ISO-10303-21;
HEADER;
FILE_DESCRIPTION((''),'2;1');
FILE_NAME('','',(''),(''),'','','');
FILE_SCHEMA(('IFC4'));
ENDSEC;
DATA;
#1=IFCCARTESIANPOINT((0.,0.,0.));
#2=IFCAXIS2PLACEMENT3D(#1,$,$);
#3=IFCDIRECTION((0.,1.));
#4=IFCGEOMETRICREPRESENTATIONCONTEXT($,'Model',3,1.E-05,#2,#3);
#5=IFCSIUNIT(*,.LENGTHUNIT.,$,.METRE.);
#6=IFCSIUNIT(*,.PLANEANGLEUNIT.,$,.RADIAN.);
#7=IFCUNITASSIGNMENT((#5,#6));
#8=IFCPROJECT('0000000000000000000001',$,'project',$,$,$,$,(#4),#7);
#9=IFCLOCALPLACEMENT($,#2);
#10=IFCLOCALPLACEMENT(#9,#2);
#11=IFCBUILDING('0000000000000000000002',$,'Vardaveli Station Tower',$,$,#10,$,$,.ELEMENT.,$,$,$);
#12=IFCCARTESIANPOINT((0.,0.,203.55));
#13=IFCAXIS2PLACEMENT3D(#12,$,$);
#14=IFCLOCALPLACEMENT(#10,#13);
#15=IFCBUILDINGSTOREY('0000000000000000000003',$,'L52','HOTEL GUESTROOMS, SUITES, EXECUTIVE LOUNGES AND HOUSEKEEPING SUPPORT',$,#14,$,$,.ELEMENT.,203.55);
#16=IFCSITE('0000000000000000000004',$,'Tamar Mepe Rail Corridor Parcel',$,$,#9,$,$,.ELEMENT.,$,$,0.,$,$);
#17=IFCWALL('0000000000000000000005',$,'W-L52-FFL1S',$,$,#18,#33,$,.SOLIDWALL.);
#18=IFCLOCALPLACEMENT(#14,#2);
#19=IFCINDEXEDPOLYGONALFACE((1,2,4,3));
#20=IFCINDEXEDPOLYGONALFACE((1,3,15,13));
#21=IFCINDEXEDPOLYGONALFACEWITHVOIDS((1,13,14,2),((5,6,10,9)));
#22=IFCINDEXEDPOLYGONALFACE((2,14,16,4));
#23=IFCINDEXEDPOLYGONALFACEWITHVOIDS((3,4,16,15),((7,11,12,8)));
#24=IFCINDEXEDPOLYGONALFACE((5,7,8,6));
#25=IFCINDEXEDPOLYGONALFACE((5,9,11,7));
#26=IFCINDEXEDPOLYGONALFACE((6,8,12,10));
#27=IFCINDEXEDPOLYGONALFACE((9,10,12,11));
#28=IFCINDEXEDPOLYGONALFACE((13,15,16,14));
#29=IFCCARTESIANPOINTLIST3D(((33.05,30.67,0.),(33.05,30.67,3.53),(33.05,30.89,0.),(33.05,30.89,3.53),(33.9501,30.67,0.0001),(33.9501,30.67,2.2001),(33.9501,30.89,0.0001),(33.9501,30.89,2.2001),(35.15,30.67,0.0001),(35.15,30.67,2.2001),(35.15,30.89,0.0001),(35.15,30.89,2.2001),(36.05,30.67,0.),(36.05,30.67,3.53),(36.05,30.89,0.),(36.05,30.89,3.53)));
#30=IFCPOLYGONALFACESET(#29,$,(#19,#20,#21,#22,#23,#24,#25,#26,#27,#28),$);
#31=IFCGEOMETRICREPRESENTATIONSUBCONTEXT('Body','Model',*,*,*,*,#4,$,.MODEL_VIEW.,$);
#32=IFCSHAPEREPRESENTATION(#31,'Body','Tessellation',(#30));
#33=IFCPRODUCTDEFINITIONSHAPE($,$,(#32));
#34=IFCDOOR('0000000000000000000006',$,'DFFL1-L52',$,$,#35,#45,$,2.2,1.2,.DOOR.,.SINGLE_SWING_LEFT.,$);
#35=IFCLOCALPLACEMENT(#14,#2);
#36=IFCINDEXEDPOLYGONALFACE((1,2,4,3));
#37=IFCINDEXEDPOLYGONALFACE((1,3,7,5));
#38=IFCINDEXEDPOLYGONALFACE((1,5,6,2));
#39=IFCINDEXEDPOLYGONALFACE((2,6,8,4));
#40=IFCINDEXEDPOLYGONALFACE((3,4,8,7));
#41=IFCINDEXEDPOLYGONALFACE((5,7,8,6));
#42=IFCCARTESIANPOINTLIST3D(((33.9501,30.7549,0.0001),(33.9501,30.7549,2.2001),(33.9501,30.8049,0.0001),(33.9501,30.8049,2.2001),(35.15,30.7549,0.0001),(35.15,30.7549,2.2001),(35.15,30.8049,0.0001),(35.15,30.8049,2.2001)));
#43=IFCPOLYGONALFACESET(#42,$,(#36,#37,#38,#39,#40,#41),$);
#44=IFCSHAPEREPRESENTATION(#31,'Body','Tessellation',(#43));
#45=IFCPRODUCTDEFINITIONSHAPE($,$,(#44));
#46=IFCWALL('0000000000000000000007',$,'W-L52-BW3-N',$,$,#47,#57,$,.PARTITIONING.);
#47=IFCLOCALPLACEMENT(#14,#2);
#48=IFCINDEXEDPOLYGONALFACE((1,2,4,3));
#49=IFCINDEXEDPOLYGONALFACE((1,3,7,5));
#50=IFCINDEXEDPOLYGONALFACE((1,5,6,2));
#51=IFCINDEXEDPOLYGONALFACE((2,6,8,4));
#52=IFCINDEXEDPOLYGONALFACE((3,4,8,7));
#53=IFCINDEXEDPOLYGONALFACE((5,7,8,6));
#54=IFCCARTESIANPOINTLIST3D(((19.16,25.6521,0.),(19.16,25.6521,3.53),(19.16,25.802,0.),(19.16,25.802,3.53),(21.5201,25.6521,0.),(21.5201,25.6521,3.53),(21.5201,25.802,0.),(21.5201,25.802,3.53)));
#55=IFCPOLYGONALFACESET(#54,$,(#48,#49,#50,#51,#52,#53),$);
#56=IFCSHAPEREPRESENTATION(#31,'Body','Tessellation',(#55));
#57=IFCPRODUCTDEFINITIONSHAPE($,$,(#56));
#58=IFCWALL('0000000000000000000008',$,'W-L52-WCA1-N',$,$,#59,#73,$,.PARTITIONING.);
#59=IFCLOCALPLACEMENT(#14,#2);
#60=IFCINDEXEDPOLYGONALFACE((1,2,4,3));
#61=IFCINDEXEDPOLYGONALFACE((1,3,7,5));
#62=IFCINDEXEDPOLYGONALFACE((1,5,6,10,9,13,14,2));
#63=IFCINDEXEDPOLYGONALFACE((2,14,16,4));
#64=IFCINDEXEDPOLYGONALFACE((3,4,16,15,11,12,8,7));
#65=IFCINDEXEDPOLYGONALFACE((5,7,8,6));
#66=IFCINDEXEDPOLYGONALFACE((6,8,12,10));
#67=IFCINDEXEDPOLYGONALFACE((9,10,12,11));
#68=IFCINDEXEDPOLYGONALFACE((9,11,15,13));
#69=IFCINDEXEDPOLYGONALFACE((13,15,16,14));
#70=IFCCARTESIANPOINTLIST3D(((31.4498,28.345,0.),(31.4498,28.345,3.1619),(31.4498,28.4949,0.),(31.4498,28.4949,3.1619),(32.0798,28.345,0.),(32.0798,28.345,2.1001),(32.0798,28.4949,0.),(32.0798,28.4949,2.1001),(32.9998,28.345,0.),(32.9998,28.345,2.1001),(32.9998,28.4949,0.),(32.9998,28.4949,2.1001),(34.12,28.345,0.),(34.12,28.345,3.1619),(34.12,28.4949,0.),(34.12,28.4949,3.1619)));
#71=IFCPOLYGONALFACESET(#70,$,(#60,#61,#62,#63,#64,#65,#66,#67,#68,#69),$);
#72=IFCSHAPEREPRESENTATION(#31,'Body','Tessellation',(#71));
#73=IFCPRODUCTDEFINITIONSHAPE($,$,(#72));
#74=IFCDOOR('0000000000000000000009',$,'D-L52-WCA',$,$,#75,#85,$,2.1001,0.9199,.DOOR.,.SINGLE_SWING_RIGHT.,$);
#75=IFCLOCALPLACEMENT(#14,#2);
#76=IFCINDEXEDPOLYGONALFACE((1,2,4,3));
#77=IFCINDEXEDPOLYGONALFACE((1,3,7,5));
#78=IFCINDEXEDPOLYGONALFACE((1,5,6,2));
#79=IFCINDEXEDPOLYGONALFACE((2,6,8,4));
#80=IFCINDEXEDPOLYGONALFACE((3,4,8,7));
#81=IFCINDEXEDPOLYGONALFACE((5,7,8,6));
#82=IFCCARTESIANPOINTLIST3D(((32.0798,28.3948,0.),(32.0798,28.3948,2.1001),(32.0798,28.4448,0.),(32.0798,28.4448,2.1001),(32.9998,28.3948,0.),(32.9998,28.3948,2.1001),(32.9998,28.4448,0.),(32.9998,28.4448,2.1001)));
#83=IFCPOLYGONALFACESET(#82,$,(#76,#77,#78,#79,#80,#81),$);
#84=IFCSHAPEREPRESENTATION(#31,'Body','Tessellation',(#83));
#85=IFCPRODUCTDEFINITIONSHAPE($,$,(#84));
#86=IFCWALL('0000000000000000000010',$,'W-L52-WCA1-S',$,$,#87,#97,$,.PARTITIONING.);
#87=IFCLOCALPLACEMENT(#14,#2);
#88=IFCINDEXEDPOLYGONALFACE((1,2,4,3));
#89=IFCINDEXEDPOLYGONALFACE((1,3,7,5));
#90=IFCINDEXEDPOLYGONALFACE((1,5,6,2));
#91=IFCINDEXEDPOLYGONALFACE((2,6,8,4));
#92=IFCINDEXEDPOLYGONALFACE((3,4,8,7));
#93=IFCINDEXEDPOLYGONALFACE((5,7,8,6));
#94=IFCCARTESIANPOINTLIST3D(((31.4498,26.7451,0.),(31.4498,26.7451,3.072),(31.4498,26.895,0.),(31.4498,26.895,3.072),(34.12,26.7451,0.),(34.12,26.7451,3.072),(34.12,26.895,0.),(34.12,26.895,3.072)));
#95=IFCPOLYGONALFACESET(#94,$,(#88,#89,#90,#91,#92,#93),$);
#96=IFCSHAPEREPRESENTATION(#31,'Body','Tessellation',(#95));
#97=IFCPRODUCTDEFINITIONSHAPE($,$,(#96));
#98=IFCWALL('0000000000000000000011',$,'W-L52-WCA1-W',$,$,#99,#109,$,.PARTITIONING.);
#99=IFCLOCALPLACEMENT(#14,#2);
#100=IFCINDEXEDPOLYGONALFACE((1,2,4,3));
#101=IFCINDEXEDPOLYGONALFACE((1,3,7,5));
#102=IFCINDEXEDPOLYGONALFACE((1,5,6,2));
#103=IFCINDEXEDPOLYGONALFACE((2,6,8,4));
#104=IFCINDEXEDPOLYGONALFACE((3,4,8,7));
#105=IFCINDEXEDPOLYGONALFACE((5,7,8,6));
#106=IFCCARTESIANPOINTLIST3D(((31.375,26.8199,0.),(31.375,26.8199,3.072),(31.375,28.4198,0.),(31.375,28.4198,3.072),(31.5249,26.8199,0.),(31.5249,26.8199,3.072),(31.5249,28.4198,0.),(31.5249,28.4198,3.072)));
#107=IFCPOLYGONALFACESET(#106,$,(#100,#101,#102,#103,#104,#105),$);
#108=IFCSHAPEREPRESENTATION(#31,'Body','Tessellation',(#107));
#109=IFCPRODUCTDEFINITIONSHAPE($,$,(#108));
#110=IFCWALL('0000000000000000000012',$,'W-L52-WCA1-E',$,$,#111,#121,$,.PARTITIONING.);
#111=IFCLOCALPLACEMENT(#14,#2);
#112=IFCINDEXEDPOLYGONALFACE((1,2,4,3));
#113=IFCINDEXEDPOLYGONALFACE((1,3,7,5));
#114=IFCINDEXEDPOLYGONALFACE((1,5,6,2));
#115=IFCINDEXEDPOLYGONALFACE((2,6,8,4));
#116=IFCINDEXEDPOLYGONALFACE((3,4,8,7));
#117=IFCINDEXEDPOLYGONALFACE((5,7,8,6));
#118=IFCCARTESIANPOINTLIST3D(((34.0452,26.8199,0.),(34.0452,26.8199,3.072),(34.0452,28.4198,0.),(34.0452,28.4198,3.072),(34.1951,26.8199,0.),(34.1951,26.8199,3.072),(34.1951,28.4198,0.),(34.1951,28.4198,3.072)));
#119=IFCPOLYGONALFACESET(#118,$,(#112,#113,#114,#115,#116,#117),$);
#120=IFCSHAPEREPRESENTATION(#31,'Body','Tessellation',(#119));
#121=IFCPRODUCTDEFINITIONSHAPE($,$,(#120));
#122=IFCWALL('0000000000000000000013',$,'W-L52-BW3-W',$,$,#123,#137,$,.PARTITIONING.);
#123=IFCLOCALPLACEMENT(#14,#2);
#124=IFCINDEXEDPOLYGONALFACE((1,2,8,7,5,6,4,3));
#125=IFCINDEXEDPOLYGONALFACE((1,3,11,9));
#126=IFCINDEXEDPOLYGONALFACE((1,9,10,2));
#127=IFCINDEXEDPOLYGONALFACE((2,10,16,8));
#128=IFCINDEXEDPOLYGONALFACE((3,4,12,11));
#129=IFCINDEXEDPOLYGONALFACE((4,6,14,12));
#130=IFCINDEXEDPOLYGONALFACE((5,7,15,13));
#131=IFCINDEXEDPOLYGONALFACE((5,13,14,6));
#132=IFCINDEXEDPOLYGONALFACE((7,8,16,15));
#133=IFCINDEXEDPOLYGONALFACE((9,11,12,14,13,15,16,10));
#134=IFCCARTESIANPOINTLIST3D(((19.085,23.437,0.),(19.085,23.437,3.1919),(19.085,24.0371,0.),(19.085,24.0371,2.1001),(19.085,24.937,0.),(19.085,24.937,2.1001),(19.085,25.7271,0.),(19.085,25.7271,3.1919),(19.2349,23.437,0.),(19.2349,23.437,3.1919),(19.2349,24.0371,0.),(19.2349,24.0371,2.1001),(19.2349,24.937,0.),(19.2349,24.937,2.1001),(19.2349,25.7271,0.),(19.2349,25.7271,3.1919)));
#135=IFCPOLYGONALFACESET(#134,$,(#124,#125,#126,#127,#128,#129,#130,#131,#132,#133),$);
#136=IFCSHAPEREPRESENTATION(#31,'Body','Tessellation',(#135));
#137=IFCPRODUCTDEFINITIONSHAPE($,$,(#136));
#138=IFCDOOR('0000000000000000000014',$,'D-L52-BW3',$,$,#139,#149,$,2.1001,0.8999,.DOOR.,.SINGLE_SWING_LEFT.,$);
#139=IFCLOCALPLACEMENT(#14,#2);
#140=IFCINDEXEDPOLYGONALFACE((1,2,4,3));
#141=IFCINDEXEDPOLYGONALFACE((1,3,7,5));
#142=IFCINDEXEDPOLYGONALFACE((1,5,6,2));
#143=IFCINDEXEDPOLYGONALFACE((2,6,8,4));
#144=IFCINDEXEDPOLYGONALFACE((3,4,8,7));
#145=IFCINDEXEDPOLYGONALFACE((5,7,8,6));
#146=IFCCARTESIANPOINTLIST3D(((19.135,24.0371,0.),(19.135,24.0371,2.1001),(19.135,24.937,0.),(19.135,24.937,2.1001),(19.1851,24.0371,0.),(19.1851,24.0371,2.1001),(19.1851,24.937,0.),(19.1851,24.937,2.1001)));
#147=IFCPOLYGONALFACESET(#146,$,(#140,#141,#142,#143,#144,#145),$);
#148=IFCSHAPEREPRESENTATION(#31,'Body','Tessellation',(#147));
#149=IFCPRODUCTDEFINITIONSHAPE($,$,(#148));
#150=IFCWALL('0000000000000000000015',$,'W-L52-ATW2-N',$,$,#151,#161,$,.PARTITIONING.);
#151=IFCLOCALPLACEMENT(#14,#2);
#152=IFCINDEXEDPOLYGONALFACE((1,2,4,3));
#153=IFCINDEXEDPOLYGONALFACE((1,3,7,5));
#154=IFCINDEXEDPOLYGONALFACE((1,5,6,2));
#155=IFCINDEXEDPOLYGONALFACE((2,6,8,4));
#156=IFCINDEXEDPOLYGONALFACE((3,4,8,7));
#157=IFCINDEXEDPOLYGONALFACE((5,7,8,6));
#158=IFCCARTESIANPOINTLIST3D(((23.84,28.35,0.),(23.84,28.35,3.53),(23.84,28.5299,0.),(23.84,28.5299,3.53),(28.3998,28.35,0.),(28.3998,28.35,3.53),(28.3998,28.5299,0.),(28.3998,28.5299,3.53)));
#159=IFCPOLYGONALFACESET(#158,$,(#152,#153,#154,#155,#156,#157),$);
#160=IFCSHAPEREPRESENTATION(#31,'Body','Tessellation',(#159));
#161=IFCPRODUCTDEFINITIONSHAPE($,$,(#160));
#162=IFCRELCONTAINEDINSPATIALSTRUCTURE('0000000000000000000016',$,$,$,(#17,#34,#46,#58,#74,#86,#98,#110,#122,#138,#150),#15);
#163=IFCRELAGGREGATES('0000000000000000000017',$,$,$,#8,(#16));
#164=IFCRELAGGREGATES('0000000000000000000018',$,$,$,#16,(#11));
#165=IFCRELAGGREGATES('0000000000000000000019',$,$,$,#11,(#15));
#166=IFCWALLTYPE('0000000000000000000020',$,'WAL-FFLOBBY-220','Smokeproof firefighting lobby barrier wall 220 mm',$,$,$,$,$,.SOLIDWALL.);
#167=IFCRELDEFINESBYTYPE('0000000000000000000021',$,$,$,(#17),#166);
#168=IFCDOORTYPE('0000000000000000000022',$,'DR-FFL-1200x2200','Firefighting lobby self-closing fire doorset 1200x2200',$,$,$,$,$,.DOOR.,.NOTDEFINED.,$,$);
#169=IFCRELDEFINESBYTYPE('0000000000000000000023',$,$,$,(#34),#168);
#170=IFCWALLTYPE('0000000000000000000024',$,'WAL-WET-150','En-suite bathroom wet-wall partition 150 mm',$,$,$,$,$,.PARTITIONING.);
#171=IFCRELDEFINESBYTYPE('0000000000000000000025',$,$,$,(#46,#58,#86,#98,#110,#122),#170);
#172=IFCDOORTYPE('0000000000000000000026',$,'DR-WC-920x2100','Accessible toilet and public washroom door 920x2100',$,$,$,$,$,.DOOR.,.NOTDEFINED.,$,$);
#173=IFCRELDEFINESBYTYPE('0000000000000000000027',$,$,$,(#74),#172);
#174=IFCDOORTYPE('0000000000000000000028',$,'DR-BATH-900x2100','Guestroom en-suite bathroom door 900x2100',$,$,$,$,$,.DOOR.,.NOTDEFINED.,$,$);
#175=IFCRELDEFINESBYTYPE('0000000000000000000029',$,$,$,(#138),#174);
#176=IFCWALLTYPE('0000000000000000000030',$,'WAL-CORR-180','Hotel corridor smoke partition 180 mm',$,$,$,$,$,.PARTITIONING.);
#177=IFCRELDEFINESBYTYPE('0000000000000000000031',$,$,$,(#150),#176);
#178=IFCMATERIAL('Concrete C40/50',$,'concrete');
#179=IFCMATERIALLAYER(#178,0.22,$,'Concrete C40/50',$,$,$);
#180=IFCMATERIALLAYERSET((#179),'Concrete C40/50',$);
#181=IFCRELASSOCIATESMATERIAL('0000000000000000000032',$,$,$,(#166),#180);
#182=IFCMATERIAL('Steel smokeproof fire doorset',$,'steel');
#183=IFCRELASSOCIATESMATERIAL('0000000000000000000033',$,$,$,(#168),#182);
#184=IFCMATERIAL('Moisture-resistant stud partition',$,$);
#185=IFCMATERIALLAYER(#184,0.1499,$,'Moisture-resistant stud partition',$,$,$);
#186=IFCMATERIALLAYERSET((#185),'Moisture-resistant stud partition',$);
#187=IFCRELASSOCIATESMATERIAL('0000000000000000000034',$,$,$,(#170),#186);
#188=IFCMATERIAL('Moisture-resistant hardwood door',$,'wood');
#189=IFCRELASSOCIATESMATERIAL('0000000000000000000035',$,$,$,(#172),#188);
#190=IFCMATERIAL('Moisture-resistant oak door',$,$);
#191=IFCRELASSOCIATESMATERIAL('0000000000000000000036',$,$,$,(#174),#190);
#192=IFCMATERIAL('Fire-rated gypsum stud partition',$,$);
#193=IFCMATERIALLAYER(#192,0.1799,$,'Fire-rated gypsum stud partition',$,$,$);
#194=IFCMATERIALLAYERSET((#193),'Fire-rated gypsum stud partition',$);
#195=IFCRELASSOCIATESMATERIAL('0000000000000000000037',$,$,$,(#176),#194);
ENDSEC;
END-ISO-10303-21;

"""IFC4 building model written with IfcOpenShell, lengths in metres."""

from ifc_helpers import new_model, si_unit, direction, frame, frame_2d, origin, place, context, subcontext, project, spatial, rectangle, extrude, source, transform, mapped, material, layer, layer_set, type_object, element, fill, save


model = new_model("IFC4")

# Units and contexts
model_context = context("Model", 3, precision=1e-05, world=origin(), true_north=direction((0.0, 1.0)))
body_context = subcontext(model_context, "Body", "Model", "MODEL_VIEW")
ifc_project = project(units=[si_unit("LENGTHUNIT", "METRE"), si_unit("PLANEANGLEUNIT", "RADIAN")], contexts=[model_context])

# Site, building, storey
site_placement = place(None, origin())
site = spatial("IfcSite", under=ifc_project, at=site_placement, Name="Tamar Mepe Rail Corridor Parcel", CompositionType="ELEMENT", RefElevation=0.0)
building_placement = place(site_placement, origin())
building = spatial("IfcBuilding", under=site, at=building_placement, Name="Vardaveli Station Tower", CompositionType="ELEMENT")
storey_placement = place(building_placement, frame((0.0, 0.0, 203.55)))
storey = spatial("IfcBuildingStorey", under=building, at=storey_placement, Name="L52", Description="HOTEL GUESTROOMS, SUITES, EXECUTIVE LOUNGES AND HOUSEKEEPING SUPPORT", CompositionType="ELEMENT", Elevation=203.55)

# Shared definitions
ifc_material_1 = material(Name="Concrete C40/50", Category="concrete")

# Wall, opening, door
ifc_material_2 = material(Name="Steel smokeproof fire doorset", Category="steel")
ifc_layer_1 = layer(ifc_material_1, 0.22, Name="Concrete C40/50")
ifc_layer_set_1 = layer_set([ifc_layer_1], Name="Concrete C40/50")
wall_type_1 = type_object("IfcWallType", Name="WAL-FFLOBBY-220", Description="Smokeproof firefighting lobby barrier wall 220 mm", PredefinedType="SOLIDWALL", material=ifc_layer_set_1)
shared_shape_1 = source(origin(), body_context, "Body", "SweptSolid", [
    extrude(rectangle(XDim=3.0, YDim=0.22, at=frame_2d((1.5, 0.0))), origin(), (0.0, 0.0, 1.0), 3.53),
])
wall_1_placement = place(storey_placement, frame((33.05, 30.78, 0.0), z_axis=(0.0, 0.0, 1.0), x_axis=(1.0, 0.0, 0.0)))
wall_1 = element("IfcWall", 1, at=wall_1_placement, inside=storey, type_object=wall_type_1, Name="W-L52-FFL1S", PredefinedType="SOLIDWALL", context=body_context, shape_type="MappedRepresentation", body=[
    mapped(shared_shape_1, transform((0.0, 0.0, 0.0), scale=1.0)),
])
shared_shape_2 = source(origin(), body_context, "Body", "SweptSolid", [
    extrude(rectangle(XDim=1.2, YDim=2.2, at=frame_2d((0.6001, 1.1001))), frame((0.0, 0.1201, 0.0), z_axis=(0.0, -1.0, 0.0), x_axis=(1.0, 0.0, 0.0)), (0.0, 0.0, 1.0), 0.24),
])
opening_1_placement = place(wall_1_placement, frame((0.8999, 0.0, 0.0)))
opening_1 = element("IfcOpeningElement", 2, at=opening_1_placement, cuts=wall_1, PredefinedType="OPENING", context=body_context, shape_type="MappedRepresentation", body=[
    mapped(shared_shape_2, transform((0.0, 0.0, 0.0), scale=1.0)),
])
door_type_1 = type_object("IfcDoorType", Name="DR-FFL-1200x2200", Description="Firefighting lobby self-closing fire doorset 1200x2200", OperationType="NOTDEFINED", PredefinedType="DOOR", material=ifc_material_2)
shared_shape_3 = source(origin(), body_context, "Body", "SweptSolid", [
    extrude(rectangle(XDim=1.2, YDim=2.2, at=frame_2d((0.6001, 1.1001))), frame((0.0, 0.0249, 0.0), z_axis=(0.0, -1.0, 0.0), x_axis=(1.0, 0.0, 0.0)), (0.0, 0.0, 1.0), 0.05),
])
door_1_placement = place(opening_1_placement, origin())
door_1 = element("IfcDoor", 3, at=door_1_placement, inside=storey, type_object=door_type_1, Name="DFFL1-L52", OperationType="SINGLE_SWING_LEFT", OverallHeight=2.2, OverallWidth=1.2, PredefinedType="DOOR", context=body_context, shape_type="MappedRepresentation", body=[
    mapped(shared_shape_3, transform((0.0, 0.0, 0.0), scale=1.0)),
])
fill(opening_1, door_1)

# Wall
ifc_material_3 = material(Name="Moisture-resistant stud partition")
ifc_layer_2 = layer(ifc_material_3, 0.1499, Name="Moisture-resistant stud partition")
ifc_layer_set_2 = layer_set([ifc_layer_2], Name="Moisture-resistant stud partition")
wall_type_2 = type_object("IfcWallType", Name="WAL-WET-150", Description="En-suite bathroom wet-wall partition 150 mm", PredefinedType="PARTITIONING", material=ifc_layer_set_2)
shared_shape_4 = source(origin(), body_context, "Body", "SweptSolid", [
    extrude(rectangle(XDim=2.3601, YDim=0.1499, at=frame_2d((1.1802, 0.0))), origin(), (0.0, 0.0, 1.0), 3.53),
])
wall_2_placement = place(storey_placement, frame((19.1599, 25.7271, 0.0), z_axis=(0.0, 0.0, 1.0), x_axis=(1.0, 0.0, 0.0)))
element("IfcWall", 4, at=wall_2_placement, inside=storey, type_object=wall_type_2, Name="W-L52-BW3-N", PredefinedType="PARTITIONING", context=body_context, shape_type="MappedRepresentation", body=[
    mapped(shared_shape_4, transform((0.0, 0.0, 0.0), scale=1.0)),
])

# Wall, opening, door
shared_shape_5 = source(origin(), body_context, "Body", "SweptSolid", [
    extrude(rectangle(XDim=2.6702, YDim=0.1499, at=frame_2d((1.335, 0.0))), origin(), (0.0, 0.0, 1.0), 3.1619),
])
wall_3_placement = place(storey_placement, frame((31.45, 28.4199, 0.0), z_axis=(0.0, 0.0, 1.0), x_axis=(1.0, 0.0, 0.0)))
wall_3 = element("IfcWall", 5, at=wall_3_placement, inside=storey, type_object=wall_type_2, Name="W-L52-WCA1-N", PredefinedType="PARTITIONING", context=body_context, shape_type="MappedRepresentation", body=[
    mapped(shared_shape_5, transform((0.0, 0.0, 0.0), scale=1.0)),
])
shared_shape_6 = source(origin(), body_context, "Body", "SweptSolid", [
    extrude(rectangle(XDim=0.9199, YDim=2.1001, at=frame_2d((0.46, 1.05))), frame((0.0, 0.085, 0.0), z_axis=(0.0, -1.0, 0.0), x_axis=(1.0, 0.0, 0.0)), (0.0, 0.0, 1.0), 0.1699),
])
opening_2_placement = place(wall_3_placement, frame((0.6299, 0.0, 0.0)))
opening_2 = element("IfcOpeningElement", 6, at=opening_2_placement, cuts=wall_3, PredefinedType="OPENING", context=body_context, shape_type="MappedRepresentation", body=[
    mapped(shared_shape_6, transform((0.0, 0.0, 0.0), scale=1.0)),
])
ifc_material_4 = material(Name="Moisture-resistant hardwood door", Category="wood")
door_type_2 = type_object("IfcDoorType", Name="DR-WC-920x2100", Description="Accessible toilet and public washroom door 920x2100", OperationType="NOTDEFINED", PredefinedType="DOOR", material=ifc_material_4)
shared_shape_7 = source(origin(), body_context, "Body", "SweptSolid", [
    extrude(rectangle(XDim=0.9199, YDim=2.1001, at=frame_2d((0.46, 1.05))), frame((0.0, 0.0249, 0.0), z_axis=(0.0, -1.0, 0.0), x_axis=(1.0, 0.0, 0.0)), (0.0, 0.0, 1.0), 0.05),
])
door_2_placement = place(opening_2_placement, origin())
door_2 = element("IfcDoor", 7, at=door_2_placement, inside=storey, type_object=door_type_2, Name="D-L52-WCA", OperationType="SINGLE_SWING_RIGHT", OverallHeight=2.1001, OverallWidth=0.9199, PredefinedType="DOOR", context=body_context, shape_type="MappedRepresentation", body=[
    mapped(shared_shape_7, transform((0.0, 0.0, 0.0), scale=1.0)),
])
fill(opening_2, door_2)

# Walls
shared_shape_8 = source(origin(), body_context, "Body", "SweptSolid", [
    extrude(rectangle(XDim=2.6702, YDim=0.1499, at=frame_2d((1.335, 0.0))), origin(), (0.0, 0.0, 1.0), 3.072),
])
wall_4_placement = place(storey_placement, frame((31.45, 26.8201, 0.0), z_axis=(0.0, 0.0, 1.0), x_axis=(1.0, 0.0, 0.0)))
element("IfcWall", 8, at=wall_4_placement, inside=storey, type_object=wall_type_2, Name="W-L52-WCA1-S", PredefinedType="PARTITIONING", context=body_context, shape_type="MappedRepresentation", body=[
    mapped(shared_shape_8, transform((0.0, 0.0, 0.0), scale=1.0)),
])
shared_shape_9 = source(origin(), body_context, "Body", "SweptSolid", [
    extrude(rectangle(XDim=1.5999, YDim=0.1499, at=frame_2d((0.7998, 0.0))), origin(), (0.0, 0.0, 1.0), 3.072),
])
for number, where, z_axis, x_axis, name in (
    (9, (31.45, 26.8201, 0.0), (0.0, 0.0, 1.0), (0.0, 1.0, 0.0), "W-L52-WCA1-W"),
    (10, (34.1201, 26.8201, 0.0), (0.0, 0.0, 1.0), (0.0, 1.0, 0.0), "W-L52-WCA1-E"),
):
    element("IfcWall", number, at=place(storey_placement, frame(where, z_axis=z_axis, x_axis=x_axis)), inside=storey, type_object=wall_type_2, Name=name, PredefinedType="PARTITIONING", context=body_context, shape_type="MappedRepresentation", body=[
        mapped(shared_shape_9, transform((0.0, 0.0, 0.0), scale=1.0)),
    ])

# Wall, opening, door
shared_shape_10 = source(origin(), body_context, "Body", "SweptSolid", [
    extrude(rectangle(XDim=2.29, YDim=0.1499, at=frame_2d((1.145, 0.0))), origin(), (0.0, 0.0, 1.0), 3.1919),
])
wall_5_placement = place(storey_placement, frame((19.1599, 23.437, 0.0), z_axis=(0.0, 0.0, 1.0), x_axis=(0.0, 1.0, 0.0)))
wall_5 = element("IfcWall", 11, at=wall_5_placement, inside=storey, type_object=wall_type_2, Name="W-L52-BW3-W", PredefinedType="PARTITIONING", context=body_context, shape_type="MappedRepresentation", body=[
    mapped(shared_shape_10, transform((0.0, 0.0, 0.0), scale=1.0)),
])
shared_shape_11 = source(origin(), body_context, "Body", "SweptSolid", [
    extrude(rectangle(XDim=0.8999, YDim=2.1001, at=frame_2d((0.45, 1.05))), frame((0.0, 0.085, 0.0), z_axis=(0.0, -1.0, 0.0), x_axis=(1.0, 0.0, 0.0)), (0.0, 0.0, 1.0), 0.1699),
])
opening_3_placement = place(wall_5_placement, frame((0.6001, 0.0, 0.0)))
opening_3 = element("IfcOpeningElement", 12, at=opening_3_placement, cuts=wall_5, PredefinedType="OPENING", context=body_context, shape_type="MappedRepresentation", body=[
    mapped(shared_shape_11, transform((0.0, 0.0, 0.0), scale=1.0)),
])
ifc_material_5 = material(Name="Moisture-resistant oak door")
door_type_3 = type_object("IfcDoorType", Name="DR-BATH-900x2100", Description="Guestroom en-suite bathroom door 900x2100", OperationType="NOTDEFINED", PredefinedType="DOOR", material=ifc_material_5)
shared_shape_12 = source(origin(), body_context, "Body", "SweptSolid", [
    extrude(rectangle(XDim=0.8999, YDim=2.1001, at=frame_2d((0.45, 1.05))), frame((0.0, 0.0249, 0.0), z_axis=(0.0, -1.0, 0.0), x_axis=(1.0, 0.0, 0.0)), (0.0, 0.0, 1.0), 0.05),
])
door_3_placement = place(opening_3_placement, origin())
door_3 = element("IfcDoor", 13, at=door_3_placement, inside=storey, type_object=door_type_3, Name="D-L52-BW3", OperationType="SINGLE_SWING_LEFT", OverallHeight=2.1001, OverallWidth=0.8999, PredefinedType="DOOR", context=body_context, shape_type="MappedRepresentation", body=[
    mapped(shared_shape_12, transform((0.0, 0.0, 0.0), scale=1.0)),
])
fill(opening_3, door_3)

# Wall
ifc_material_6 = material(Name="Fire-rated gypsum stud partition")
ifc_layer_3 = layer(ifc_material_6, 0.1799, Name="Fire-rated gypsum stud partition")
ifc_layer_set_3 = layer_set([ifc_layer_3], Name="Fire-rated gypsum stud partition")
wall_type_3 = type_object("IfcWallType", Name="WAL-CORR-180", Description="Hotel corridor smoke partition 180 mm", PredefinedType="PARTITIONING", material=ifc_layer_set_3)
shared_shape_13 = source(origin(), body_context, "Body", "SweptSolid", [
    extrude(rectangle(XDim=4.5598, YDim=0.1799, at=frame_2d((2.2798, 0.0))), origin(), (0.0, 0.0, 1.0), 3.53),
])
wall_6_placement = place(storey_placement, frame((23.8401, 28.4399, 0.0), z_axis=(0.0, 0.0, 1.0), x_axis=(1.0, 0.0, 0.0)))
element("IfcWall", 14, at=wall_6_placement, inside=storey, type_object=wall_type_3, Name="W-L52-ATW2-N", PredefinedType="PARTITIONING", context=body_context, shape_type="MappedRepresentation", body=[
    mapped(shared_shape_13, transform((0.0, 0.0, 0.0), scale=1.0)),
])

save(model, "model.ifc")
